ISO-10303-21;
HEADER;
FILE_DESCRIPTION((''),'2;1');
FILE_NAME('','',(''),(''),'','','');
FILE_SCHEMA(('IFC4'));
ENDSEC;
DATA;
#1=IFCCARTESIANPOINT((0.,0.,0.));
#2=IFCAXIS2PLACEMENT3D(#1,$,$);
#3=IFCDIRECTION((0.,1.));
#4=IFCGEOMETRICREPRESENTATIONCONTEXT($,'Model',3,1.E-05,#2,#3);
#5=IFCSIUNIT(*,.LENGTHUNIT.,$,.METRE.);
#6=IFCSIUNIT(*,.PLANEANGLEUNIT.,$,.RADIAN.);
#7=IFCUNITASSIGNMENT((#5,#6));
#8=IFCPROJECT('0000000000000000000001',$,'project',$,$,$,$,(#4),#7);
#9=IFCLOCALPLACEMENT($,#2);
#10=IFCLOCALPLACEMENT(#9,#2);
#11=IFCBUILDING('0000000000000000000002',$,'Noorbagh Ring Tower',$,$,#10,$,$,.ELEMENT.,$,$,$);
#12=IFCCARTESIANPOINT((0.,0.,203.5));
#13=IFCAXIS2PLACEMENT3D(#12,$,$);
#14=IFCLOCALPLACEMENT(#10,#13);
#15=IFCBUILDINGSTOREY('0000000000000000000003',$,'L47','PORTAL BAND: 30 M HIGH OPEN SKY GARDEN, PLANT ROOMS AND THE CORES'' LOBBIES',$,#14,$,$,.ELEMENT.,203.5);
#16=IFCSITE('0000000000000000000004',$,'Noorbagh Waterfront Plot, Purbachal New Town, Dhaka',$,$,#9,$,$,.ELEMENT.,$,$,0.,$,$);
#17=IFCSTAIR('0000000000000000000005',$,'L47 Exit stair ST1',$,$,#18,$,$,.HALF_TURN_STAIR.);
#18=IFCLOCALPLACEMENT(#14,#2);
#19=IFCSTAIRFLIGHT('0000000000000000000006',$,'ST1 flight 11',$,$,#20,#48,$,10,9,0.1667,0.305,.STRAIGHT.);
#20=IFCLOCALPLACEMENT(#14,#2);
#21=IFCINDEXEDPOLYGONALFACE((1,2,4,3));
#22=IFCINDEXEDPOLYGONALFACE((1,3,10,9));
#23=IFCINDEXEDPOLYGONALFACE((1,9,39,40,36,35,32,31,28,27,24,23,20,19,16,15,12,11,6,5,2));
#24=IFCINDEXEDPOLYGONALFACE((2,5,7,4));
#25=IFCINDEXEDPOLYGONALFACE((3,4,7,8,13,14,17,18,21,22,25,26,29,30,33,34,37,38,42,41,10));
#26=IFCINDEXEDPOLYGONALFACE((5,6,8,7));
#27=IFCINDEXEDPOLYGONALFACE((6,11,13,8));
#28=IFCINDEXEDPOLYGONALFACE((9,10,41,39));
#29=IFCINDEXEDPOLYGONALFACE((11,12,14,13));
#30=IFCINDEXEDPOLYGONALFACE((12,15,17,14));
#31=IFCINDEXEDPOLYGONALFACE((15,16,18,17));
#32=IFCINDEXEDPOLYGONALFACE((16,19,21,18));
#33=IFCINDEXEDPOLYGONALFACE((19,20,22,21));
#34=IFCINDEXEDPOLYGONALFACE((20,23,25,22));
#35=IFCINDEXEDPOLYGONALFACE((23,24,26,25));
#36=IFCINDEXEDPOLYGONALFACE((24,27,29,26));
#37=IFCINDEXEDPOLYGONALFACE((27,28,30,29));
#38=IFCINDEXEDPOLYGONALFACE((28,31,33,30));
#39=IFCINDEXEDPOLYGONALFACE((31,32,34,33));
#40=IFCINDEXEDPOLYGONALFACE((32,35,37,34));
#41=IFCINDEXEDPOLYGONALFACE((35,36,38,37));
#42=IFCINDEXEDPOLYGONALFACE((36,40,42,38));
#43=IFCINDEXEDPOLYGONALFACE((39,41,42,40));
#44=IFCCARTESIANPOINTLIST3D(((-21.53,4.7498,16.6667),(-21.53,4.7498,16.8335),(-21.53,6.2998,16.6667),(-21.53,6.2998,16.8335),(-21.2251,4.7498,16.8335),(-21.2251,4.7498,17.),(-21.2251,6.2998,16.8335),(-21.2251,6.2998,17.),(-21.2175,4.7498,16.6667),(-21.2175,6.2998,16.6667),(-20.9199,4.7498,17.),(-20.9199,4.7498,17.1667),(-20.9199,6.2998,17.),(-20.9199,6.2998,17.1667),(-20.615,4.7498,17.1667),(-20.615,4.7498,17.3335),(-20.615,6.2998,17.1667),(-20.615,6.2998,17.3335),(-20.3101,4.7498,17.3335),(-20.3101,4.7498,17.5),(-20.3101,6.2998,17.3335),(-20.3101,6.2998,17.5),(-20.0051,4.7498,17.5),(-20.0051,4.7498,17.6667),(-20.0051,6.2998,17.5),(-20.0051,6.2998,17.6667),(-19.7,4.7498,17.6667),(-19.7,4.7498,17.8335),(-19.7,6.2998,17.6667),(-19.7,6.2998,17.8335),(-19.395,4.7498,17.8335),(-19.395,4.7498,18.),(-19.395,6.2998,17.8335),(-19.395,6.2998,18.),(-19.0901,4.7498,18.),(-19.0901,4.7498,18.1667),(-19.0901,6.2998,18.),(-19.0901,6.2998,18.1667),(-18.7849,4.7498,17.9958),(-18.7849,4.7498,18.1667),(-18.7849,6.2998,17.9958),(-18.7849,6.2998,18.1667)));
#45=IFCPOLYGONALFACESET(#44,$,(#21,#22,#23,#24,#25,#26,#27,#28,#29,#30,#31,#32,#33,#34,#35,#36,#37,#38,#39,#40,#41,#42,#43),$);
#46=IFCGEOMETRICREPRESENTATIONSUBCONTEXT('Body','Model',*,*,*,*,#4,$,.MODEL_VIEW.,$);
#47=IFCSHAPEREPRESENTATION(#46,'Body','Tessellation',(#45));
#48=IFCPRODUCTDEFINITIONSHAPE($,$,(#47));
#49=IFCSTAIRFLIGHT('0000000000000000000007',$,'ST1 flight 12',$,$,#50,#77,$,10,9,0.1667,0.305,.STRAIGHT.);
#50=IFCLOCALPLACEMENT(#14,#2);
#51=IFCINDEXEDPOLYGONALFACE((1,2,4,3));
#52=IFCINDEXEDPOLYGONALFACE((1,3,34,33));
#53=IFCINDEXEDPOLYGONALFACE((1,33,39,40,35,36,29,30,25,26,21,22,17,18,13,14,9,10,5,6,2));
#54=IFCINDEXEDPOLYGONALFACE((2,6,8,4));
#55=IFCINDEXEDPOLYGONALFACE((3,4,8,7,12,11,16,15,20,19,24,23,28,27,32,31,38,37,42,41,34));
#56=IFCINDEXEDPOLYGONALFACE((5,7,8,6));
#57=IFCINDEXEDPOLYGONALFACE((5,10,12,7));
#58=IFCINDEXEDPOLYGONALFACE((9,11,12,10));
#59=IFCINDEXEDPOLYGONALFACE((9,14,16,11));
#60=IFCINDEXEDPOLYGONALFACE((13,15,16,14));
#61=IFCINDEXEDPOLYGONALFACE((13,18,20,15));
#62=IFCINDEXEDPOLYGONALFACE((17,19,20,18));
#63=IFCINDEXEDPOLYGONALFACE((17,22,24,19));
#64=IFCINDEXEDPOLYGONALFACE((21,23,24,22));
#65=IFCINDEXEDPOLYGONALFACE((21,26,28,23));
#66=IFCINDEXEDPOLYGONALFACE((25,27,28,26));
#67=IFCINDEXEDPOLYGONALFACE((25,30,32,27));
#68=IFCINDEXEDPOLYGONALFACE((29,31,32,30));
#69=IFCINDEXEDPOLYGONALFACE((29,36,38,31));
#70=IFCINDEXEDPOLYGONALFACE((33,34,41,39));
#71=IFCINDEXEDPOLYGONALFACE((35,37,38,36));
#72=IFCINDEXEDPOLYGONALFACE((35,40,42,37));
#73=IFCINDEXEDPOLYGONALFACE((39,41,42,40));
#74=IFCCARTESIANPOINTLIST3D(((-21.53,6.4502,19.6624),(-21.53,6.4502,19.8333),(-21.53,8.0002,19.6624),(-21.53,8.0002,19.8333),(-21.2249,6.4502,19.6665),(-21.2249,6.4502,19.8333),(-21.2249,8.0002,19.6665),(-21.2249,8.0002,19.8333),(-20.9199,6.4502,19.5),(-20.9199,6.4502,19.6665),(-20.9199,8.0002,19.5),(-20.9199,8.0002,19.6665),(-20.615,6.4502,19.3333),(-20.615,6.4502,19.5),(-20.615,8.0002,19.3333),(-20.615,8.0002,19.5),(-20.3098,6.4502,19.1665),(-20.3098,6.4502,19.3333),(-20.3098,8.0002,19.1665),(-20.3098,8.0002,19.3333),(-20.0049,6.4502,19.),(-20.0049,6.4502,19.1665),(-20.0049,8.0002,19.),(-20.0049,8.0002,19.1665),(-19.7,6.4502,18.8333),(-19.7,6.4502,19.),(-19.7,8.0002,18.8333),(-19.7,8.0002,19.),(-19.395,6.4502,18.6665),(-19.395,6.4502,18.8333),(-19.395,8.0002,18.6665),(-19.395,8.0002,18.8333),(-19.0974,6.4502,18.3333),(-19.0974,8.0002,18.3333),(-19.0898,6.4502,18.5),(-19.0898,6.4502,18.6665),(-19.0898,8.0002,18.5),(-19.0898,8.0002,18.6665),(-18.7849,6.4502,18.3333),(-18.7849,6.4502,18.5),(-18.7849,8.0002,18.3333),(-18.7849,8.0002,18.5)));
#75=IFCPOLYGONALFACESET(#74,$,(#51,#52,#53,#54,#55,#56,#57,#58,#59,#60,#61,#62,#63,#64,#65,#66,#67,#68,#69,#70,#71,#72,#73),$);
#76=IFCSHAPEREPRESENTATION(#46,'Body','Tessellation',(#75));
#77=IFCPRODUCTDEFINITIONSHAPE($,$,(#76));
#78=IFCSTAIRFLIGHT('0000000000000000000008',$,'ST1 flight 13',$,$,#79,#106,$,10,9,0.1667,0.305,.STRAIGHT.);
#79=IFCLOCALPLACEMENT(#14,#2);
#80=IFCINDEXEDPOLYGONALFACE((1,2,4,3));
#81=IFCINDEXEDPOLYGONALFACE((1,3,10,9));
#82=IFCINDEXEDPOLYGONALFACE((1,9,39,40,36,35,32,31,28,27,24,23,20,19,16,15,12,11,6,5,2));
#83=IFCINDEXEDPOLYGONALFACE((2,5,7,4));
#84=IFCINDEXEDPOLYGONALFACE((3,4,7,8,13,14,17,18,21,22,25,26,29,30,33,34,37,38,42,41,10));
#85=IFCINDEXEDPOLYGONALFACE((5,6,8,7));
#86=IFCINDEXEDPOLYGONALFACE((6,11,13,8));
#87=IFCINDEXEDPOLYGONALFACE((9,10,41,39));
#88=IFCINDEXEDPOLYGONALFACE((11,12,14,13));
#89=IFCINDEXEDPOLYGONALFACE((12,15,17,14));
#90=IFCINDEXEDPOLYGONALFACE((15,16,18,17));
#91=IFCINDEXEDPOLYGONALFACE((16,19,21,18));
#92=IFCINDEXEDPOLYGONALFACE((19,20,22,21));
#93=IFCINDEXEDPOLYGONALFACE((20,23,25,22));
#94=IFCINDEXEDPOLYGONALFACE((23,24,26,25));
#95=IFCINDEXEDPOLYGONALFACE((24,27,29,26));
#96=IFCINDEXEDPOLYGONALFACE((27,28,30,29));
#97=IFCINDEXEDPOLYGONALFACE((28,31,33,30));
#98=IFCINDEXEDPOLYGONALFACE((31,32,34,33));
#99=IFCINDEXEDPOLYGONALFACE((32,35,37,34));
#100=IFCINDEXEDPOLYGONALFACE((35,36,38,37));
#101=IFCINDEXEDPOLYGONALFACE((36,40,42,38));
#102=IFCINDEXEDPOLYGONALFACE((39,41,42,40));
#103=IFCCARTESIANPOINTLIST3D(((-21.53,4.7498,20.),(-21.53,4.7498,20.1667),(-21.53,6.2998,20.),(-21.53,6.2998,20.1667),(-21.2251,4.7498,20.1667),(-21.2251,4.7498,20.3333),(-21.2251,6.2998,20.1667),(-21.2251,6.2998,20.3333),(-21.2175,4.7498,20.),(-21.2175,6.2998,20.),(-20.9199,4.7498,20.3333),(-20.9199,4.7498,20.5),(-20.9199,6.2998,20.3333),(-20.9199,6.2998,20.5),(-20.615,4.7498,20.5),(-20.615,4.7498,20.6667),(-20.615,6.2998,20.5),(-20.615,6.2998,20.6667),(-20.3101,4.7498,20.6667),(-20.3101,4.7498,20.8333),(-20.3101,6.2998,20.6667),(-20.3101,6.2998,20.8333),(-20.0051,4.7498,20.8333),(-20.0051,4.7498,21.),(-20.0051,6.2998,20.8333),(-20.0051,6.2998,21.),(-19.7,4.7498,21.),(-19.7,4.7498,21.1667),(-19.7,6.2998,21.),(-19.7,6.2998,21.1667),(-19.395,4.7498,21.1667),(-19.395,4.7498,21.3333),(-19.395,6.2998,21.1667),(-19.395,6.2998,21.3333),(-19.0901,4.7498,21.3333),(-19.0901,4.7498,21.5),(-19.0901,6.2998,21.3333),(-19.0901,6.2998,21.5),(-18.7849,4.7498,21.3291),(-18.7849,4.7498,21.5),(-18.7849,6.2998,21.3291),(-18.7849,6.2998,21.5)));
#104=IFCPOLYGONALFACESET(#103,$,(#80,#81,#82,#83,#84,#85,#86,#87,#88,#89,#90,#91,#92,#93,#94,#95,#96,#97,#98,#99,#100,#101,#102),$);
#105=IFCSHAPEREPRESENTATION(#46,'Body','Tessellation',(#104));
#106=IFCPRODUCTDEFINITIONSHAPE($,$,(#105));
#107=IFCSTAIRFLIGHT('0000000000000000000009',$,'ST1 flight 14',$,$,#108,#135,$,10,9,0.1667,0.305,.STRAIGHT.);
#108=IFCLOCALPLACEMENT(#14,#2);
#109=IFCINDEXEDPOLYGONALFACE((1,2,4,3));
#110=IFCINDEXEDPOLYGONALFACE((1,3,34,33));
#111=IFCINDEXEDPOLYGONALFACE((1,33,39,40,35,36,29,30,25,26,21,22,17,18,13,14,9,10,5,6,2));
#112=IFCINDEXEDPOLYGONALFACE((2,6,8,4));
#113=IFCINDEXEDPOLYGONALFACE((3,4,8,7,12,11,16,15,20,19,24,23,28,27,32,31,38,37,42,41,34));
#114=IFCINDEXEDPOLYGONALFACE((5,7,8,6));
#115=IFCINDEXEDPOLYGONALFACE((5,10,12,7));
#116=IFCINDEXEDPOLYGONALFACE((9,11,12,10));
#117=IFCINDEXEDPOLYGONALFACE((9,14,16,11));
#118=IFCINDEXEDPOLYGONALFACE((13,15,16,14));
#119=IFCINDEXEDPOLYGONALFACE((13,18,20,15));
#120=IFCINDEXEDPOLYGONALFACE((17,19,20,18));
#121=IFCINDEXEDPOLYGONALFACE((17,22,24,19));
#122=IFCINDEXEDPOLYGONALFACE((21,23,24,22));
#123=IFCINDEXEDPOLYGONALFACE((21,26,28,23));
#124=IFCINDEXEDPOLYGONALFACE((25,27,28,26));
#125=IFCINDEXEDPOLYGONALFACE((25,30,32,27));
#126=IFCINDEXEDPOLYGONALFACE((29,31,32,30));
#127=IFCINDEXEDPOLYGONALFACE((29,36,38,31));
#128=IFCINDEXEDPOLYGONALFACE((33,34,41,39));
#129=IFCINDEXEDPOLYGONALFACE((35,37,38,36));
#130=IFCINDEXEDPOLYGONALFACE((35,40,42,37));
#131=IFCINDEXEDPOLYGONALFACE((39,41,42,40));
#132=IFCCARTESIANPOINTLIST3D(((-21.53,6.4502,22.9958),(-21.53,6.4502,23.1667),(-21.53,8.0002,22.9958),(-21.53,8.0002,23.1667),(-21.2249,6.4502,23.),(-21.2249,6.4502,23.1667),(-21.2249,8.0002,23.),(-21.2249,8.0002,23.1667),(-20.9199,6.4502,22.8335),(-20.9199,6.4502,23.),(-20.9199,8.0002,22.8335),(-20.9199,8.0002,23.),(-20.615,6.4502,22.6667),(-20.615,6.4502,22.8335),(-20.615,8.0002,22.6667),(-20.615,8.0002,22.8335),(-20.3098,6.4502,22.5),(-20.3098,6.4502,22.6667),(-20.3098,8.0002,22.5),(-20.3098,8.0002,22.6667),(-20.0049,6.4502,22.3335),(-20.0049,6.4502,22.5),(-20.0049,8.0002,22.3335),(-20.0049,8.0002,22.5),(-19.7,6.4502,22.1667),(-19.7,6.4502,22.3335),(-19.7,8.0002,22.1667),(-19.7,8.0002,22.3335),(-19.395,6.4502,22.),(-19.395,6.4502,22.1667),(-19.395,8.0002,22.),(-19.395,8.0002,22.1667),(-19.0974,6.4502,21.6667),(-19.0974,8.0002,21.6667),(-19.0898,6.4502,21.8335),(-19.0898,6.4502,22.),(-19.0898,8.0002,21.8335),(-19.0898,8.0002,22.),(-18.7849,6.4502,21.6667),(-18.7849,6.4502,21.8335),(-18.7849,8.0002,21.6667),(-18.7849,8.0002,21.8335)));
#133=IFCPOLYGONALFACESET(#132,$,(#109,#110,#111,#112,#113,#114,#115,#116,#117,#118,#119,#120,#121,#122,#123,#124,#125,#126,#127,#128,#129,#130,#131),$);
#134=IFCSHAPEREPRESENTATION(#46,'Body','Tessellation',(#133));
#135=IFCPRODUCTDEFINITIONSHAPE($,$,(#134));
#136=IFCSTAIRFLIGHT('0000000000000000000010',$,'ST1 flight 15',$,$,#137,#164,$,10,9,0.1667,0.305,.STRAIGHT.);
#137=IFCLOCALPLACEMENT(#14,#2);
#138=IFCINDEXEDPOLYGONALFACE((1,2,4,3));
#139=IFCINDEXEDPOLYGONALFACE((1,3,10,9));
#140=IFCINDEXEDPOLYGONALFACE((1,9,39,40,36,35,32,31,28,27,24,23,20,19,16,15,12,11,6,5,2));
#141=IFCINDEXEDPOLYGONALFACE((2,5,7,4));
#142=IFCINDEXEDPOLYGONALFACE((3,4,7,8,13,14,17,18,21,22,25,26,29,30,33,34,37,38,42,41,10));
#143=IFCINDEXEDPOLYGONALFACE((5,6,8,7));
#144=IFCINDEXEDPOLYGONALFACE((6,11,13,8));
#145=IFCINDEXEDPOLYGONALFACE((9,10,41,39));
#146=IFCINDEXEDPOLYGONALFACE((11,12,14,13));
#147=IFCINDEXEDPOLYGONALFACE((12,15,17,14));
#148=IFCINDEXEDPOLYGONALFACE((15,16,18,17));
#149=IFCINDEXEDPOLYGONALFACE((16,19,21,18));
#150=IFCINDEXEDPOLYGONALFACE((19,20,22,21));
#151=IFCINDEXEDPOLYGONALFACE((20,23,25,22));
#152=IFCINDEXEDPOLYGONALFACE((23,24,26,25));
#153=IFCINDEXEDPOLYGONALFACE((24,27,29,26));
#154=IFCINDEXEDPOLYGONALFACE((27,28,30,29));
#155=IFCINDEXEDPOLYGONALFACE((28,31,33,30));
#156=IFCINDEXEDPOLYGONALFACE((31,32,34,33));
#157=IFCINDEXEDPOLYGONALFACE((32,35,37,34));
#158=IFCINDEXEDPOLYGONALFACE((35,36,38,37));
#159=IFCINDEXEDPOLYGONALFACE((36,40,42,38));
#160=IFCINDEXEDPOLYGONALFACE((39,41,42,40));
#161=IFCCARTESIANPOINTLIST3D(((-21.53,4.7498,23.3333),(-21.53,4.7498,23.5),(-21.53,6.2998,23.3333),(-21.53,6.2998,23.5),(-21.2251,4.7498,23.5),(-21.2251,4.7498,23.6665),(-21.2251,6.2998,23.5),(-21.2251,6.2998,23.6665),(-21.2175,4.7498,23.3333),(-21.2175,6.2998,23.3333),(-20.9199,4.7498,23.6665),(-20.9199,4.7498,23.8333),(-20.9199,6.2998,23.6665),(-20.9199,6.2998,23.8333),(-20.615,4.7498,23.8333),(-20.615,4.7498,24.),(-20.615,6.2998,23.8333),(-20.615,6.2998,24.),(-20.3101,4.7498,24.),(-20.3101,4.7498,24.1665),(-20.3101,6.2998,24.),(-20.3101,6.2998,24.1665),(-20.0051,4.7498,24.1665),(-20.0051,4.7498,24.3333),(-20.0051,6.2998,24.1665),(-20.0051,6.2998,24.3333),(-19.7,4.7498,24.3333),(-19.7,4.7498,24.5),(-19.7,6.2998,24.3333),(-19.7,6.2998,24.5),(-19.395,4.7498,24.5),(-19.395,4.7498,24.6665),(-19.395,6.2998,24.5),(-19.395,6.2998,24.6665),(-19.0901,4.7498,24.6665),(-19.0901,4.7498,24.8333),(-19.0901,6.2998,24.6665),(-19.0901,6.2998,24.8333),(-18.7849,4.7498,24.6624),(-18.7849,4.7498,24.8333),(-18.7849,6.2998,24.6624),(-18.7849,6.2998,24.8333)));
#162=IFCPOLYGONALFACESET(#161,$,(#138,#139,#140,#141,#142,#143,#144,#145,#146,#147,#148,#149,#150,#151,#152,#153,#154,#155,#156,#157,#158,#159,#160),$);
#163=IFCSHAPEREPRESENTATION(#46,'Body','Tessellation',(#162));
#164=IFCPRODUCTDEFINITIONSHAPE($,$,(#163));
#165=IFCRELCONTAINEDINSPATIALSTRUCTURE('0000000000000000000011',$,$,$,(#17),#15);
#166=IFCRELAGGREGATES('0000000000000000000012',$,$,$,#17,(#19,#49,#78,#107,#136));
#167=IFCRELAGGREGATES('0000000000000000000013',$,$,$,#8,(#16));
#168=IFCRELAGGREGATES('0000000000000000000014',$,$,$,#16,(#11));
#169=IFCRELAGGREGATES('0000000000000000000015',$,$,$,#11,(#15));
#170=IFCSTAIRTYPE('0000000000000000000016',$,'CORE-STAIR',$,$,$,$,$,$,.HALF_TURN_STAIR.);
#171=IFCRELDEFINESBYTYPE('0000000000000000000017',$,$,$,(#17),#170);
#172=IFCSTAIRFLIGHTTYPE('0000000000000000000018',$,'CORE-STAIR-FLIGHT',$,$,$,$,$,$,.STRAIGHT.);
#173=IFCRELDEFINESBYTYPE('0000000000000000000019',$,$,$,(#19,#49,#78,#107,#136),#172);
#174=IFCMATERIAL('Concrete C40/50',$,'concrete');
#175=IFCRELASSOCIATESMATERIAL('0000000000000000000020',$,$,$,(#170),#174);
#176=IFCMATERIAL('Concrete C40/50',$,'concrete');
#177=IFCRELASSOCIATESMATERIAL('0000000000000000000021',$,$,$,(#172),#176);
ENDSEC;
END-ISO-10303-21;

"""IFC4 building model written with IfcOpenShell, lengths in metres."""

from ifc_helpers import new_model, si_unit, direction, frame, origin, place, context, subcontext, project, spatial, polyline, outline, extrude, material, type_object, element, aggregate, save


model = new_model("IFC4")

# Units and contexts
model_context = context("Model", 3, precision=1e-05, world=origin(), true_north=direction((0.0, 1.0)))
body_context = subcontext(model_context, "Body", "Model", "MODEL_VIEW")
ifc_project = project(units=[si_unit("LENGTHUNIT", "METRE"), si_unit("PLANEANGLEUNIT", "RADIAN")], contexts=[model_context])

# Site, building, storey
site_placement = place(None, origin())
site = spatial("IfcSite", under=ifc_project, at=site_placement, Name="Noorbagh Waterfront Plot, Purbachal New Town, Dhaka", CompositionType="ELEMENT", RefElevation=0.0)
building_placement = place(site_placement, origin())
building = spatial("IfcBuilding", under=site, at=building_placement, Name="Noorbagh Ring Tower", CompositionType="ELEMENT")
storey_placement = place(building_placement, frame((0.0, 0.0, 203.5)))
storey = spatial("IfcBuildingStorey", under=building, at=storey_placement, Name="L47", Description="PORTAL BAND: 30 M HIGH OPEN SKY GARDEN, PLANT ROOMS AND THE CORES' LOBBIES", CompositionType="ELEMENT", Elevation=203.5)

# Stair, stair flights
ifc_material_1 = material(Name="Concrete C40/50", Category="concrete")
stair_type = type_object("IfcStairType", Name="CORE-STAIR", PredefinedType="HALF_TURN_STAIR", material=ifc_material_1)
stair_placement = place(storey_placement, origin())
stair = element("IfcStair", 1, at=stair_placement, inside=storey, type_object=stair_type, Name="L47 Exit stair ST1", PredefinedType="HALF_TURN_STAIR")
ifc_material_2 = material(Name="Concrete C40/50", Category="concrete")
stair_flight_type = type_object("IfcStairFlightType", Name="CORE-STAIR-FLIGHT", PredefinedType="STRAIGHT", material=ifc_material_2)
stair_flight_1_placement = place(storey_placement, frame((-21.53, 5.5249, 16.6667), z_axis=(0.0, 0.0, 1.0), x_axis=(1.0, 0.0, 0.0)))
stair_flight_1 = element("IfcStairFlight", 2, at=stair_flight_1_placement, type_object=stair_flight_type, Name="ST1 flight 11", NumberOfRisers=10, NumberOfTreads=9, PredefinedType="STRAIGHT", RiserHeight=0.1667, TreadLength=0.305, context=body_context, shape_type="SweptSolid", body=[
    extrude(outline(polyline([(0.0, 0.0), (0.0, 0.1667), (0.3049, 0.1667), (0.3049, 0.3333), (0.6101, 0.3333), (0.6101, 0.5), (0.915, 0.5), (0.915, 0.6667), (1.22, 0.6667), (1.22, 0.8333), (1.5249, 0.8333), (1.5249, 1.0), (1.8301, 1.0), (1.8301, 1.1667), (2.135, 1.1667), (2.135, 1.3333), (2.4399, 1.3333), (2.4399, 1.5), (2.7451, 1.5), (2.7451, 1.6667), (2.7451, 1.3291), (0.3125, 0.0), (0.0, 0.0)])), frame((0.0, 0.7749, 0.0), z_axis=(0.0, -1.0, 0.0), x_axis=(1.0, 0.0, 0.0)), (0.0, 0.0, 1.0), 1.55),
])
stair_flight_2_placement = place(storey_placement, frame((-18.7849, 7.2251, 18.3333), z_axis=(0.0, 0.0, 1.0), x_axis=(-1.0, 0.0, 0.0)))
stair_flight_2 = element("IfcStairFlight", 3, at=stair_flight_2_placement, type_object=stair_flight_type, Name="ST1 flight 12", NumberOfRisers=10, NumberOfTreads=9, PredefinedType="STRAIGHT", RiserHeight=0.1667, TreadLength=0.305, context=body_context, shape_type="SweptSolid", body=[
    extrude(outline(polyline([(0.0, 0.0), (0.0, 0.1667), (0.3049, 0.1667), (0.3049, 0.3333), (0.6101, 0.3333), (0.6101, 0.5), (0.915, 0.5), (0.915, 0.6667), (1.22, 0.6667), (1.22, 0.8333), (1.5249, 0.8333), (1.5249, 1.0), (1.8301, 1.0), (1.8301, 1.1667), (2.135, 1.1667), (2.135, 1.3333), (2.4399, 1.3333), (2.4399, 1.5), (2.7451, 1.5), (2.7451, 1.6667), (2.7451, 1.3291), (0.3125, 0.0), (0.0, 0.0)])), frame((0.0, 0.7749, 0.0), z_axis=(0.0, -1.0, 0.0), x_axis=(1.0, 0.0, 0.0)), (0.0, 0.0, 1.0), 1.55),
])
stair_flight_3_placement = place(storey_placement, frame((-21.53, 5.5249, 20.0), z_axis=(0.0, 0.0, 1.0), x_axis=(1.0, 0.0, 0.0)))
stair_flight_3 = element("IfcStairFlight", 4, at=stair_flight_3_placement, type_object=stair_flight_type, Name="ST1 flight 13", NumberOfRisers=10, NumberOfTreads=9, PredefinedType="STRAIGHT", RiserHeight=0.1667, TreadLength=0.305, context=body_context, shape_type="SweptSolid", body=[
    extrude(outline(polyline([(0.0, 0.0), (0.0, 0.1667), (0.3049, 0.1667), (0.3049, 0.3333), (0.6101, 0.3333), (0.6101, 0.5), (0.915, 0.5), (0.915, 0.6667), (1.22, 0.6667), (1.22, 0.8333), (1.5249, 0.8333), (1.5249, 1.0), (1.8301, 1.0), (1.8301, 1.1667), (2.135, 1.1667), (2.135, 1.3333), (2.4399, 1.3333), (2.4399, 1.5), (2.7451, 1.5), (2.7451, 1.6667), (2.7451, 1.3291), (0.3125, 0.0), (0.0, 0.0)])), frame((0.0, 0.7749, 0.0), z_axis=(0.0, -1.0, 0.0), x_axis=(1.0, 0.0, 0.0)), (0.0, 0.0, 1.0), 1.55),
])
stair_flight_4_placement = place(storey_placement, frame((-18.7849, 7.2251, 21.6667), z_axis=(0.0, 0.0, 1.0), x_axis=(-1.0, 0.0, 0.0)))
stair_flight_4 = element("IfcStairFlight", 5, at=stair_flight_4_placement, type_object=stair_flight_type, Name="ST1 flight 14", NumberOfRisers=10, NumberOfTreads=9, PredefinedType="STRAIGHT", RiserHeight=0.1667, TreadLength=0.305, context=body_context, shape_type="SweptSolid", body=[
    extrude(outline(polyline([(0.0, 0.0), (0.0, 0.1667), (0.3049, 0.1667), (0.3049, 0.3333), (0.6101, 0.3333), (0.6101, 0.5), (0.915, 0.5), (0.915, 0.6667), (1.22, 0.6667), (1.22, 0.8333), (1.5249, 0.8333), (1.5249, 1.0), (1.8301, 1.0), (1.8301, 1.1667), (2.135, 1.1667), (2.135, 1.3333), (2.4399, 1.3333), (2.4399, 1.5), (2.7451, 1.5), (2.7451, 1.6667), (2.7451, 1.3291), (0.3125, 0.0), (0.0, 0.0)])), frame((0.0, 0.7749, 0.0), z_axis=(0.0, -1.0, 0.0), x_axis=(1.0, 0.0, 0.0)), (0.0, 0.0, 1.0), 1.55),
])
stair_flight_5_placement = place(storey_placement, frame((-21.53, 5.5249, 23.3333), z_axis=(0.0, 0.0, 1.0), x_axis=(1.0, 0.0, 0.0)))
stair_flight_5 = element("IfcStairFlight", 6, at=stair_flight_5_placement, type_object=stair_flight_type, Name="ST1 flight 15", NumberOfRisers=10, NumberOfTreads=9, PredefinedType="STRAIGHT", RiserHeight=0.1667, TreadLength=0.305, context=body_context, shape_type="SweptSolid", body=[
    extrude(outline(polyline([(0.0, 0.0), (0.0, 0.1667), (0.3049, 0.1667), (0.3049, 0.3333), (0.6101, 0.3333), (0.6101, 0.5), (0.915, 0.5), (0.915, 0.6667), (1.22, 0.6667), (1.22, 0.8333), (1.5249, 0.8333), (1.5249, 1.0), (1.8301, 1.0), (1.8301, 1.1667), (2.135, 1.1667), (2.135, 1.3333), (2.4399, 1.3333), (2.4399, 1.5), (2.7451, 1.5), (2.7451, 1.6667), (2.7451, 1.3291), (0.3125, 0.0), (0.0, 0.0)])), frame((0.0, 0.7749, 0.0), z_axis=(0.0, -1.0, 0.0), x_axis=(1.0, 0.0, 0.0)), (0.0, 0.0, 1.0), 1.55),
])
aggregate(stair, [stair_flight_1, stair_flight_2, stair_flight_3, stair_flight_4, stair_flight_5])

save(model, "model.ifc")
